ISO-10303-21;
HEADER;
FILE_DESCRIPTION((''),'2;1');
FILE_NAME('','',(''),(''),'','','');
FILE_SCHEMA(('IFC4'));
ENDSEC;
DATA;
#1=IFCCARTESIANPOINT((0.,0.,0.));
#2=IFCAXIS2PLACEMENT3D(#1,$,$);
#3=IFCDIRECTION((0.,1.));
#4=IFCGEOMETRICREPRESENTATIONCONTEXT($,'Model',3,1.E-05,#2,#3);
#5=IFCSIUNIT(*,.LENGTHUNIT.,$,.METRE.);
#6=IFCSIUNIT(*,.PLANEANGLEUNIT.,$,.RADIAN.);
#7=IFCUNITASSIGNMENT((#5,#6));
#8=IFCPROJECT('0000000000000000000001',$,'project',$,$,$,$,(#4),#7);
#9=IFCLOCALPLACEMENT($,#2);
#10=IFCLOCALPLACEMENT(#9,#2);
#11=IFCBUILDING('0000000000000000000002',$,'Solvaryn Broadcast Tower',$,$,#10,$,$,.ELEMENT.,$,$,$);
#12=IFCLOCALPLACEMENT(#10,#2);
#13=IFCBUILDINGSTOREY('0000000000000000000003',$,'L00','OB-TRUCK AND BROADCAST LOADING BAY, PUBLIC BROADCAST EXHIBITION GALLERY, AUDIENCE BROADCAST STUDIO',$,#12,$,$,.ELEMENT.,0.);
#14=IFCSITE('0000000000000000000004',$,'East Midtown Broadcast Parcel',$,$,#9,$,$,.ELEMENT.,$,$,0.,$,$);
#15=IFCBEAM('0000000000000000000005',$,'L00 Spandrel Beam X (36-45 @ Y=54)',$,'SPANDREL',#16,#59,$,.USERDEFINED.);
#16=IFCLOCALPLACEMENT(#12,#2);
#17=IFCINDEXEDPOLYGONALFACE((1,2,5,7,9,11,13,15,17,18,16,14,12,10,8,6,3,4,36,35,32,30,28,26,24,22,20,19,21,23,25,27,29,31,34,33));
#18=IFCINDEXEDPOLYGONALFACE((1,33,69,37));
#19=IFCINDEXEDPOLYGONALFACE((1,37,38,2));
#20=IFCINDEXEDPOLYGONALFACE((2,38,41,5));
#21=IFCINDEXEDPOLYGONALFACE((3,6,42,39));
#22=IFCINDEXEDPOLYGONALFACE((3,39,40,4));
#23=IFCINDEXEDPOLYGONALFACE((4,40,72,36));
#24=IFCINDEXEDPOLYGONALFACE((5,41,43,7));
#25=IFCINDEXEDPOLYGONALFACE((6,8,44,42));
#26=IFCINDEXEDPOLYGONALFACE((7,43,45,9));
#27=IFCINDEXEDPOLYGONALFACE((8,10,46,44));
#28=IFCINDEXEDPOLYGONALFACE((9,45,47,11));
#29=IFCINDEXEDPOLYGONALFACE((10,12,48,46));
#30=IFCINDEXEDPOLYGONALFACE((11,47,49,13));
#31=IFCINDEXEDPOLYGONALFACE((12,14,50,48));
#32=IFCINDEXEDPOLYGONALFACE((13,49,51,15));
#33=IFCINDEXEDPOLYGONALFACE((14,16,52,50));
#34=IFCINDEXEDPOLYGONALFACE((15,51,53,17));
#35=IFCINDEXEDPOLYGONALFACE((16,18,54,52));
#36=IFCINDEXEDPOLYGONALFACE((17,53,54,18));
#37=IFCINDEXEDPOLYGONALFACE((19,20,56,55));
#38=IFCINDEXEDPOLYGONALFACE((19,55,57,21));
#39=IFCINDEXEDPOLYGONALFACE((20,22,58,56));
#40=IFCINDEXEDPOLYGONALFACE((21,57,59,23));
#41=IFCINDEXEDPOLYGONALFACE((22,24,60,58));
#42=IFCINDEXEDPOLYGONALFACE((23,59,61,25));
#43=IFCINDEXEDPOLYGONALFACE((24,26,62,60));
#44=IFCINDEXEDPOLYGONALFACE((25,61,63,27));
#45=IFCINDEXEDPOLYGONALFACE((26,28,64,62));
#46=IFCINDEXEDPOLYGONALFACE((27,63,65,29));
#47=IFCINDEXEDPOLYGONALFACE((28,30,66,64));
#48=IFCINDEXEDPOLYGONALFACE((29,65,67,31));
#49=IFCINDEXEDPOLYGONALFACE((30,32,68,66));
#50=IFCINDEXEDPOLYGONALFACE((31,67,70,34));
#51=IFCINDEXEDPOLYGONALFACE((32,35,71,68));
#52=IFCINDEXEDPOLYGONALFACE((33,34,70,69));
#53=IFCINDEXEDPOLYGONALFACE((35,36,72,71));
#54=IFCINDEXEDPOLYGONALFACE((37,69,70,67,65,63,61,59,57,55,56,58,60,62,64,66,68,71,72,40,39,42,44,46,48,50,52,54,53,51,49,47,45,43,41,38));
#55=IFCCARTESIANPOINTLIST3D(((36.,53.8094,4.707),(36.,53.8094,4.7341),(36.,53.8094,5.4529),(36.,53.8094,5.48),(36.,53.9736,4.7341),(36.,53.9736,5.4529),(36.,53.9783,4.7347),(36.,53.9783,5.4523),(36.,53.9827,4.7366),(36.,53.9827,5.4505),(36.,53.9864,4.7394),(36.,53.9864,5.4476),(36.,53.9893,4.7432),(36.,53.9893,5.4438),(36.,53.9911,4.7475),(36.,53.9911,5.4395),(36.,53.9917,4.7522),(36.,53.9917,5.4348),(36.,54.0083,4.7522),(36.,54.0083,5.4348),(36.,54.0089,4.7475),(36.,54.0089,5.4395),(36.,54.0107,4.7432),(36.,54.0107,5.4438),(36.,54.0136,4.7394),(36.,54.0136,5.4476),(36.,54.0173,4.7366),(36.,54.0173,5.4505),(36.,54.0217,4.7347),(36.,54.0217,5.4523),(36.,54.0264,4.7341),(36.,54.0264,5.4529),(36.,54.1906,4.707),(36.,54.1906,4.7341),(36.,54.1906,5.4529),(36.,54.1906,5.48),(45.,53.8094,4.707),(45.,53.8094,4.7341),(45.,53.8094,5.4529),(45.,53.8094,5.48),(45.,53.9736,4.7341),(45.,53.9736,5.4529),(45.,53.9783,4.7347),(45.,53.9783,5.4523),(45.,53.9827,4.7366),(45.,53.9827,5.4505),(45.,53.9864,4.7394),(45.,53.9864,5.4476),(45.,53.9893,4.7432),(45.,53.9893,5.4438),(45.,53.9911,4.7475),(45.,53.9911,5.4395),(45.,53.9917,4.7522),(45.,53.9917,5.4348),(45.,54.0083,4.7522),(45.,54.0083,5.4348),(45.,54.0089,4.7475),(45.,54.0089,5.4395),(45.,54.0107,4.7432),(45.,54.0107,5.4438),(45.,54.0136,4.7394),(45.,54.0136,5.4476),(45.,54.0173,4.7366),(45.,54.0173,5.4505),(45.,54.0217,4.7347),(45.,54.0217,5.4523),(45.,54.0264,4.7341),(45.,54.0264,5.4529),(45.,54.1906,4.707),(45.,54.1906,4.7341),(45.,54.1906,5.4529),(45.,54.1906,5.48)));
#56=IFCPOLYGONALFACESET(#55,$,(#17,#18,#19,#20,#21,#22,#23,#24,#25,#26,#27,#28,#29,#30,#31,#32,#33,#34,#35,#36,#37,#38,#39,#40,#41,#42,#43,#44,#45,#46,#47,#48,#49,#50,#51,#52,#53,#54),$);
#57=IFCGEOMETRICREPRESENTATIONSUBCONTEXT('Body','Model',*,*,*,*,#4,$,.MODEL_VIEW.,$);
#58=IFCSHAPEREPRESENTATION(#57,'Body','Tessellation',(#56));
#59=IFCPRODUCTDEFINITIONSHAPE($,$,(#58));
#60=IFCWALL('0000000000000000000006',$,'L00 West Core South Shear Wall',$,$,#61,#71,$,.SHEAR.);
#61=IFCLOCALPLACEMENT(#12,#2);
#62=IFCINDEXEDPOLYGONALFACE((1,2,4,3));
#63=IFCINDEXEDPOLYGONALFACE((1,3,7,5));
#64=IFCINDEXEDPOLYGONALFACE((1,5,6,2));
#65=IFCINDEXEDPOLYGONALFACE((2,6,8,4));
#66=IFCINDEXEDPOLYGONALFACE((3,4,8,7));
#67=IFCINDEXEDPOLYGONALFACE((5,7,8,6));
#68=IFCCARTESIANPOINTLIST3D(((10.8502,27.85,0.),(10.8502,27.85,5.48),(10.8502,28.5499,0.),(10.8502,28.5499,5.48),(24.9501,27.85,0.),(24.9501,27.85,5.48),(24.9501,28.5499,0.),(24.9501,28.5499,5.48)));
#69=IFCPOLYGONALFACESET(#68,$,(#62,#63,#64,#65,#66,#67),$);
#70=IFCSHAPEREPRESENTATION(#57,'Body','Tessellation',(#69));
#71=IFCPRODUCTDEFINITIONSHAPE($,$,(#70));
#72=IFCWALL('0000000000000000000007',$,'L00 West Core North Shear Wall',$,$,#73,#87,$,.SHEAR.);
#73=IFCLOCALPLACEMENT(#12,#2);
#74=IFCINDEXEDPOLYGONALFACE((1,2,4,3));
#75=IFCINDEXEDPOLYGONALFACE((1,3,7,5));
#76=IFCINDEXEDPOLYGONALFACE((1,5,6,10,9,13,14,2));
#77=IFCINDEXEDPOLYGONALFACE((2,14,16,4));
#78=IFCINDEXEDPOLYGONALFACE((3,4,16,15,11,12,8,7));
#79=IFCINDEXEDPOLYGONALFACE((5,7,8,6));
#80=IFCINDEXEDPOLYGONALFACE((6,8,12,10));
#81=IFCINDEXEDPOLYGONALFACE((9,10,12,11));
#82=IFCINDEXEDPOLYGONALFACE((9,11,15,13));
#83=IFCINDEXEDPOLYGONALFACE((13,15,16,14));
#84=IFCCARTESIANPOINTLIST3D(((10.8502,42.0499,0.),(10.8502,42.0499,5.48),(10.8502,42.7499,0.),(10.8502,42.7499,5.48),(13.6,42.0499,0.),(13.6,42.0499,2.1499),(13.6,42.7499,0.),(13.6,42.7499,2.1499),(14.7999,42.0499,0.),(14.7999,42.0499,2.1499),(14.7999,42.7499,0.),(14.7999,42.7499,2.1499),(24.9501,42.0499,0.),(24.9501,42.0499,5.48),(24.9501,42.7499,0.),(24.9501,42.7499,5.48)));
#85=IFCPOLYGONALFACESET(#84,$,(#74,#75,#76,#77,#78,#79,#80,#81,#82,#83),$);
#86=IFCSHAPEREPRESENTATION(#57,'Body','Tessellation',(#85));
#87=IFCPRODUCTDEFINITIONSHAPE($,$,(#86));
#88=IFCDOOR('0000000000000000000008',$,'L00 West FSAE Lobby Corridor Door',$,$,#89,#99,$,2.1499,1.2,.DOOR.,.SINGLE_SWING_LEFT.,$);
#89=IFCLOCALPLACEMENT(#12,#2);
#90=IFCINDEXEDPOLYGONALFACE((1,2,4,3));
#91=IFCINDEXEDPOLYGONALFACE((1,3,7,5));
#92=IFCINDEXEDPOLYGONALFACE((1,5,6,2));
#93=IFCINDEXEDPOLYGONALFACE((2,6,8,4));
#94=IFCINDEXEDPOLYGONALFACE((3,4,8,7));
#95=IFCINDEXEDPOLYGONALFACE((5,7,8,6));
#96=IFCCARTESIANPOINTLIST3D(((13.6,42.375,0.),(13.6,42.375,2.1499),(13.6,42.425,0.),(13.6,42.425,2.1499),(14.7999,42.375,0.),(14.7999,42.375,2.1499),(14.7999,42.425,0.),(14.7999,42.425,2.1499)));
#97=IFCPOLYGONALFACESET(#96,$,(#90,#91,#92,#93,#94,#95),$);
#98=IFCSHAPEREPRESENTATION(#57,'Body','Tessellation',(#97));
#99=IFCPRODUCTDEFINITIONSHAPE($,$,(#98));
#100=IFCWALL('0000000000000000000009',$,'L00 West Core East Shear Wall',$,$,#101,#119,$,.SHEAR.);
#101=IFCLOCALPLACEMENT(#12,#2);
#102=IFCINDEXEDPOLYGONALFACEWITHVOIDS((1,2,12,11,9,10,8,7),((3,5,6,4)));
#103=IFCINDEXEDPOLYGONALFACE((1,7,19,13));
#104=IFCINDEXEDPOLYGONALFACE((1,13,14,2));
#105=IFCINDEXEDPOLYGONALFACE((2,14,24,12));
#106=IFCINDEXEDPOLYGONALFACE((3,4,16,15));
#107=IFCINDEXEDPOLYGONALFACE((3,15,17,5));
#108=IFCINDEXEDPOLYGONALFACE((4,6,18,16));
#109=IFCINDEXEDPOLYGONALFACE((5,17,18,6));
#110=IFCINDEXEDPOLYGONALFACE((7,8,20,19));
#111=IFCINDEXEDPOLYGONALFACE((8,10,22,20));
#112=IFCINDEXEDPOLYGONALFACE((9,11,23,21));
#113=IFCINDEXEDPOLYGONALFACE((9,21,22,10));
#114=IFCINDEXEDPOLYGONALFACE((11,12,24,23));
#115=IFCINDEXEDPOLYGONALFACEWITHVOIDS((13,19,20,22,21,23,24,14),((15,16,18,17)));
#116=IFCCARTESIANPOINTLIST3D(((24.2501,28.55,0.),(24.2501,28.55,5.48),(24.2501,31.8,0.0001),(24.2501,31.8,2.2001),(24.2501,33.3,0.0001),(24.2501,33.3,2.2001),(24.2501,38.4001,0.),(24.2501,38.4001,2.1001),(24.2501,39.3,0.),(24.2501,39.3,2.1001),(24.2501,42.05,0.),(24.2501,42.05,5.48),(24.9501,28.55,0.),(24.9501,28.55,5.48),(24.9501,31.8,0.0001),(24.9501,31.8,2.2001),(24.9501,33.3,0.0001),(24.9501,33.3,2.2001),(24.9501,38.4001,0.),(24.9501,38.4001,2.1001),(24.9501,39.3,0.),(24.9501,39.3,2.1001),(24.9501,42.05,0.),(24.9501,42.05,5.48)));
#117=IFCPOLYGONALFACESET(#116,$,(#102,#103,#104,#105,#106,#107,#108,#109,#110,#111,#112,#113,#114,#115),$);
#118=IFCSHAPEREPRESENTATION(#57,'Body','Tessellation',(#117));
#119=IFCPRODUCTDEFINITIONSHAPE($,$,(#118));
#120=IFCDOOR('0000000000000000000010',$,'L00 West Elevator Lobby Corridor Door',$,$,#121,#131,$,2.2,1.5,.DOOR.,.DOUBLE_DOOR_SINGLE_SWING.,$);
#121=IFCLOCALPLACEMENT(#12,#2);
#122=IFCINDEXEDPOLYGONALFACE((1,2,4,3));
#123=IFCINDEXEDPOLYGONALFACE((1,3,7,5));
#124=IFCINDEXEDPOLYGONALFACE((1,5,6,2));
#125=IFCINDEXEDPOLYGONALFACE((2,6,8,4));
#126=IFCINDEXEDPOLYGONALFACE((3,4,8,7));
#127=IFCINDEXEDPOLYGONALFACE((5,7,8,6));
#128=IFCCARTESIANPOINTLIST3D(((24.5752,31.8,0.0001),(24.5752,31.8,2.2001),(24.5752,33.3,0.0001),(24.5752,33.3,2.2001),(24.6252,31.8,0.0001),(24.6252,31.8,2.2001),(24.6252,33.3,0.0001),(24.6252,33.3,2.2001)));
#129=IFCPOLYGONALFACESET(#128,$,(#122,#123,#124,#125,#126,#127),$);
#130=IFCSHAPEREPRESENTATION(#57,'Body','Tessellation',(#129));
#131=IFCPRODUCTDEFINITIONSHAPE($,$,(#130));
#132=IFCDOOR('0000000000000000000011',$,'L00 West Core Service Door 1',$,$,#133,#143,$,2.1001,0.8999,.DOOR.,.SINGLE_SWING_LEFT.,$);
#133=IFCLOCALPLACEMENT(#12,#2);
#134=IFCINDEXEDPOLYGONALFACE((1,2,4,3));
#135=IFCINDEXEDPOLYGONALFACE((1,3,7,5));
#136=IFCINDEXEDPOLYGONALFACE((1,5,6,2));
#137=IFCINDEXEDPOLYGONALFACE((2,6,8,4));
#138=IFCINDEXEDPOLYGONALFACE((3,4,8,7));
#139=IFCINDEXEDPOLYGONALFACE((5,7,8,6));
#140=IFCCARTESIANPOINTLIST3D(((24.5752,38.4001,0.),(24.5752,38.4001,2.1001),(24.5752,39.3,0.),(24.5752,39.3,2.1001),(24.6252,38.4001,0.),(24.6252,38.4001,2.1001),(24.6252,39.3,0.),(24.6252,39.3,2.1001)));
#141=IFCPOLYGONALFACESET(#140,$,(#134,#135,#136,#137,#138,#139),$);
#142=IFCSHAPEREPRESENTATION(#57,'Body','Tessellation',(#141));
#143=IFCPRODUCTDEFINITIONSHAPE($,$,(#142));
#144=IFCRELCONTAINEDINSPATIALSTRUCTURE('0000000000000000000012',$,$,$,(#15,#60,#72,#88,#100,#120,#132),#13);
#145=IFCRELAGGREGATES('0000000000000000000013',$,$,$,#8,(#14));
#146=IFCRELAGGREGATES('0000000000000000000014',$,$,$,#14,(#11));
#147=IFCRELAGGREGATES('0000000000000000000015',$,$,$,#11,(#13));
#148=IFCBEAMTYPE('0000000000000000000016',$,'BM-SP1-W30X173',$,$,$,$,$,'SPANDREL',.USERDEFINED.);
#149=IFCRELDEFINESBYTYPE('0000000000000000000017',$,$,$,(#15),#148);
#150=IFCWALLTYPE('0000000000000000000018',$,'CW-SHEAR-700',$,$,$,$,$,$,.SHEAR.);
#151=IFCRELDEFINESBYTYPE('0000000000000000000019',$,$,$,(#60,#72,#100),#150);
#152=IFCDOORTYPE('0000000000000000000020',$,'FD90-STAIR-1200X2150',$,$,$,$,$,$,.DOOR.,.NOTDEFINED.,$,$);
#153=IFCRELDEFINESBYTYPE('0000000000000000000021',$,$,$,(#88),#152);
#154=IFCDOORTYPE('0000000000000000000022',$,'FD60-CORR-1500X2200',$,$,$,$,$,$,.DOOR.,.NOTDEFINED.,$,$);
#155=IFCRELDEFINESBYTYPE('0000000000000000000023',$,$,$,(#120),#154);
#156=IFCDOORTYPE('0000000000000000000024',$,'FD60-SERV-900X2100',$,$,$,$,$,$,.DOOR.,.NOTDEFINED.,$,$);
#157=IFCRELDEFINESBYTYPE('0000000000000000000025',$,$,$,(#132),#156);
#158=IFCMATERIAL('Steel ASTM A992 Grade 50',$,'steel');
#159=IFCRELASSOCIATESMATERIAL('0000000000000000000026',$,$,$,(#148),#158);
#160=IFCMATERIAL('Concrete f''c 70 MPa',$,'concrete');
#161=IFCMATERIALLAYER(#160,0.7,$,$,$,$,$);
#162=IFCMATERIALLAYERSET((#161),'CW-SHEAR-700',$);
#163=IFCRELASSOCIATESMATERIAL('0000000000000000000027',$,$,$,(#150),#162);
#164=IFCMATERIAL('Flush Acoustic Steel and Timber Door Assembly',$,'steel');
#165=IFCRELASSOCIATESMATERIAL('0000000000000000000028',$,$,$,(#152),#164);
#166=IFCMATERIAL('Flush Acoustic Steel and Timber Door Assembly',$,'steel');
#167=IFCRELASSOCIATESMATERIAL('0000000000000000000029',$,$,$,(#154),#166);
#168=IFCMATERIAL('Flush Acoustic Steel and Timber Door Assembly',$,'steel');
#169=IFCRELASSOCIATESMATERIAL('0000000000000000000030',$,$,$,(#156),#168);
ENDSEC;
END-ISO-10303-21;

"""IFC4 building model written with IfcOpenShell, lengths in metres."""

from ifc_helpers import new_model, si_unit, direction, frame, frame_2d, origin, origin_2d, place, context, subcontext, project, spatial, rectangle, i_section, extrude, material, layer, layer_set, material_profile, profile_set, type_object, element, fill, save


model = new_model("IFC4")

# Units and contexts
model_context = context("Model", 3, precision=1e-05, world=origin(), true_north=direction((0.0, 1.0)))
body_context = subcontext(model_context, "Body", "Model", "MODEL_VIEW")
ifc_project = project(units=[si_unit("LENGTHUNIT", "METRE"), si_unit("PLANEANGLEUNIT", "RADIAN")], contexts=[model_context])

# Site, building, storey
site_placement = place(None, origin())
site = spatial("IfcSite", under=ifc_project, at=site_placement, Name="East Midtown Broadcast Parcel", CompositionType="ELEMENT", RefElevation=0.0)
building_placement = place(site_placement, origin())
building = spatial("IfcBuilding", under=site, at=building_placement, Name="Solvaryn Broadcast Tower", CompositionType="ELEMENT")
storey_placement = place(building_placement, origin())
storey = spatial("IfcBuildingStorey", under=building, at=storey_placement, Name="L00", Description="OB-TRUCK AND BROADCAST LOADING BAY, PUBLIC BROADCAST EXHIBITION GALLERY, AUDIENCE BROADCAST STUDIO", CompositionType="ELEMENT", Elevation=0.0)

# Beam
ifc_material_1 = material(Name="Steel ASTM A992 Grade 50", Category="steel")
ifc_material_profile_1 = material_profile(ifc_material_1, i_section(OverallWidth=0.3811, OverallDepth=0.7729, WebThickness=0.0166, FlangeThickness=0.0271, FilletRadius=0.0181, at=origin_2d()))
ifc_profile_set_1 = profile_set([ifc_material_profile_1], Name="Steel ASTM A992 Grade 50")
beam_type_1 = type_object("IfcBeamType", Name="BM-SP1-W30X173", ElementType="SPANDREL", PredefinedType="USERDEFINED", material=ifc_profile_set_1)
for number, where, z_axis, x_axis, name in (
    (1, (36.0, 54.0, 5.0935), (1.0, 0.0, 0.0), (0.0, 1.0, 0.0), "L00 Spandrel Beam X (36-45 @ Y=54)"),
):
    element("IfcBeam", number, at=place(storey_placement, frame(where, z_axis=z_axis, x_axis=x_axis)), inside=storey, type_object=beam_type_1, Name=name, ObjectType="SPANDREL", PredefinedType="USERDEFINED", context=body_context, shape_type="SweptSolid", body=[
        extrude(i_section(OverallWidth=0.3811, OverallDepth=0.7729, WebThickness=0.0166, FlangeThickness=0.0271, FilletRadius=0.0181, at=origin_2d()), origin(), (0.0, 0.0, 1.0), 9.0),
    ])

# Wall
ifc_material_2 = material(Name="Concrete f'c 70 MPa", Category="concrete")
ifc_layer = layer(ifc_material_2, 0.7)
ifc_layer_set = layer_set([ifc_layer], Name="CW-SHEAR-700")
wall_type = type_object("IfcWallType", Name="CW-SHEAR-700", PredefinedType="SHEAR", material=ifc_layer_set)
wall_1_placement = place(storey_placement, frame((24.95, 28.2, 0.0), z_axis=(0.0, 0.0, 1.0), x_axis=(-1.0, 0.0, 0.0)))
element("IfcWall", 2, at=wall_1_placement, inside=storey, type_object=wall_type, Name="L00 West Core South Shear Wall", PredefinedType="SHEAR", context=body_context, shape_type="SweptSolid", body=[
    extrude(rectangle(XDim=14.0999, YDim=0.7, at=frame_2d((7.0498, 0.0))), origin(), (0.0, 0.0, 1.0), 5.48),
])

# Wall, opening, door
wall_2_placement = place(storey_placement, frame((24.95, 42.3999, 0.0), z_axis=(0.0, 0.0, 1.0), x_axis=(-1.0, 0.0, 0.0)))
wall_2 = element("IfcWall", 3, at=wall_2_placement, inside=storey, type_object=wall_type, Name="L00 West Core North Shear Wall", PredefinedType="SHEAR", context=body_context, shape_type="SweptSolid", body=[
    extrude(rectangle(XDim=14.0999, YDim=0.7, at=frame_2d((7.0498, 0.0))), origin(), (0.0, 0.0, 1.0), 5.48),
])
opening_1_placement = place(wall_2_placement, frame((10.1499, 0.0, 0.0)))
opening_1 = element("IfcOpeningElement", 4, at=opening_1_placement, cuts=wall_2, PredefinedType="OPENING", context=body_context, shape_type="SweptSolid", body=[
    extrude(rectangle(XDim=1.2, YDim=2.1499, at=frame_2d((0.6001, 1.075))), frame((0.0, 0.3601, 0.0), z_axis=(0.0, -1.0, 0.0), x_axis=(1.0, 0.0, 0.0)), (0.0, 0.0, 1.0), 0.72),
])
ifc_material_3 = material(Name="Flush Acoustic Steel and Timber Door Assembly", Category="steel")
door_type_1 = type_object("IfcDoorType", Name="FD90-STAIR-1200X2150", OperationType="NOTDEFINED", PredefinedType="DOOR", material=ifc_material_3)
door_1_placement = place(opening_1_placement, origin())
door_1 = element("IfcDoor", 5, at=door_1_placement, inside=storey, type_object=door_type_1, Name="L00 West FSAE Lobby Corridor Door", OperationType="SINGLE_SWING_LEFT", OverallHeight=2.1499, OverallWidth=1.2, PredefinedType="DOOR", context=body_context, shape_type="SweptSolid", body=[
    extrude(rectangle(XDim=1.2, YDim=2.1499, at=frame_2d((0.6001, 1.075))), frame((0.0, 0.0249, 0.0), z_axis=(0.0, -1.0, 0.0), x_axis=(1.0, 0.0, 0.0)), (0.0, 0.0, 1.0), 0.05),
])
fill(opening_1, door_1)

# Wall, openings, doors
wall_3_placement = place(storey_placement, frame((24.6001, 28.55, 0.0), z_axis=(0.0, 0.0, 1.0), x_axis=(0.0, 1.0, 0.0)))
wall_3 = element("IfcWall", 6, at=wall_3_placement, inside=storey, type_object=wall_type, Name="L00 West Core East Shear Wall", PredefinedType="SHEAR", context=body_context, shape_type="SweptSolid", body=[
    extrude(rectangle(XDim=13.5, YDim=0.7, at=frame_2d((6.75, 0.0))), origin(), (0.0, 0.0, 1.0), 5.48),
])
opening_2_placement = place(wall_3_placement, frame((3.25, 0.0, 0.0)))
opening_2 = element("IfcOpeningElement", 7, at=opening_2_placement, cuts=wall_3, PredefinedType="OPENING", context=body_context, shape_type="SweptSolid", body=[
    extrude(rectangle(XDim=1.5, YDim=2.2, at=frame_2d((0.75, 1.1001))), frame((0.0, 0.3601, 0.0), z_axis=(0.0, -1.0, 0.0), x_axis=(1.0, 0.0, 0.0)), (0.0, 0.0, 1.0), 0.72),
])
opening_3_placement = place(wall_3_placement, frame((9.8501, 0.0, 0.0)))
opening_3 = element("IfcOpeningElement", 8, at=opening_3_placement, cuts=wall_3, PredefinedType="OPENING", context=body_context, shape_type="SweptSolid", body=[
    extrude(rectangle(XDim=0.8999, YDim=2.1001, at=frame_2d((0.45, 1.05))), frame((0.0, 0.3601, 0.0), z_axis=(0.0, -1.0, 0.0), x_axis=(1.0, 0.0, 0.0)), (0.0, 0.0, 1.0), 0.72),
])
ifc_material_4 = material(Name="Flush Acoustic Steel and Timber Door Assembly", Category="steel")
door_type_2 = type_object("IfcDoorType", Name="FD60-CORR-1500X2200", OperationType="NOTDEFINED", PredefinedType="DOOR", material=ifc_material_4)
door_2_placement = place(opening_2_placement, origin())
door_2 = element("IfcDoor", 9, at=door_2_placement, inside=storey, type_object=door_type_2, Name="L00 West Elevator Lobby Corridor Door", OperationType="DOUBLE_DOOR_SINGLE_SWING", OverallHeight=2.2, OverallWidth=1.5, PredefinedType="DOOR", context=body_context, shape_type="SweptSolid", body=[
    extrude(rectangle(XDim=1.5, YDim=2.2, at=frame_2d((0.75, 1.1001))), frame((0.0, 0.0249, 0.0), z_axis=(0.0, -1.0, 0.0), x_axis=(1.0, 0.0, 0.0)), (0.0, 0.0, 1.0), 0.05),
])
fill(opening_2, door_2)
ifc_material_5 = material(Name="Flush Acoustic Steel and Timber Door Assembly", Category="steel")
door_type_3 = type_object("IfcDoorType", Name="FD60-SERV-900X2100", OperationType="NOTDEFINED", PredefinedType="DOOR", material=ifc_material_5)
door_3_placement = place(opening_3_placement, origin())
door_3 = element("IfcDoor", 10, at=door_3_placement, inside=storey, type_object=door_type_3, Name="L00 West Core Service Door 1", OperationType="SINGLE_SWING_LEFT", OverallHeight=2.1001, OverallWidth=0.8999, PredefinedType="DOOR", context=body_context, shape_type="SweptSolid", body=[
    extrude(rectangle(XDim=0.8999, YDim=2.1001, at=frame_2d((0.45, 1.05))), frame((0.0, 0.0249, 0.0), z_axis=(0.0, -1.0, 0.0), x_axis=(1.0, 0.0, 0.0)), (0.0, 0.0, 1.0), 0.05),
])
fill(opening_3, door_3)

save(model, "model.ifc")
